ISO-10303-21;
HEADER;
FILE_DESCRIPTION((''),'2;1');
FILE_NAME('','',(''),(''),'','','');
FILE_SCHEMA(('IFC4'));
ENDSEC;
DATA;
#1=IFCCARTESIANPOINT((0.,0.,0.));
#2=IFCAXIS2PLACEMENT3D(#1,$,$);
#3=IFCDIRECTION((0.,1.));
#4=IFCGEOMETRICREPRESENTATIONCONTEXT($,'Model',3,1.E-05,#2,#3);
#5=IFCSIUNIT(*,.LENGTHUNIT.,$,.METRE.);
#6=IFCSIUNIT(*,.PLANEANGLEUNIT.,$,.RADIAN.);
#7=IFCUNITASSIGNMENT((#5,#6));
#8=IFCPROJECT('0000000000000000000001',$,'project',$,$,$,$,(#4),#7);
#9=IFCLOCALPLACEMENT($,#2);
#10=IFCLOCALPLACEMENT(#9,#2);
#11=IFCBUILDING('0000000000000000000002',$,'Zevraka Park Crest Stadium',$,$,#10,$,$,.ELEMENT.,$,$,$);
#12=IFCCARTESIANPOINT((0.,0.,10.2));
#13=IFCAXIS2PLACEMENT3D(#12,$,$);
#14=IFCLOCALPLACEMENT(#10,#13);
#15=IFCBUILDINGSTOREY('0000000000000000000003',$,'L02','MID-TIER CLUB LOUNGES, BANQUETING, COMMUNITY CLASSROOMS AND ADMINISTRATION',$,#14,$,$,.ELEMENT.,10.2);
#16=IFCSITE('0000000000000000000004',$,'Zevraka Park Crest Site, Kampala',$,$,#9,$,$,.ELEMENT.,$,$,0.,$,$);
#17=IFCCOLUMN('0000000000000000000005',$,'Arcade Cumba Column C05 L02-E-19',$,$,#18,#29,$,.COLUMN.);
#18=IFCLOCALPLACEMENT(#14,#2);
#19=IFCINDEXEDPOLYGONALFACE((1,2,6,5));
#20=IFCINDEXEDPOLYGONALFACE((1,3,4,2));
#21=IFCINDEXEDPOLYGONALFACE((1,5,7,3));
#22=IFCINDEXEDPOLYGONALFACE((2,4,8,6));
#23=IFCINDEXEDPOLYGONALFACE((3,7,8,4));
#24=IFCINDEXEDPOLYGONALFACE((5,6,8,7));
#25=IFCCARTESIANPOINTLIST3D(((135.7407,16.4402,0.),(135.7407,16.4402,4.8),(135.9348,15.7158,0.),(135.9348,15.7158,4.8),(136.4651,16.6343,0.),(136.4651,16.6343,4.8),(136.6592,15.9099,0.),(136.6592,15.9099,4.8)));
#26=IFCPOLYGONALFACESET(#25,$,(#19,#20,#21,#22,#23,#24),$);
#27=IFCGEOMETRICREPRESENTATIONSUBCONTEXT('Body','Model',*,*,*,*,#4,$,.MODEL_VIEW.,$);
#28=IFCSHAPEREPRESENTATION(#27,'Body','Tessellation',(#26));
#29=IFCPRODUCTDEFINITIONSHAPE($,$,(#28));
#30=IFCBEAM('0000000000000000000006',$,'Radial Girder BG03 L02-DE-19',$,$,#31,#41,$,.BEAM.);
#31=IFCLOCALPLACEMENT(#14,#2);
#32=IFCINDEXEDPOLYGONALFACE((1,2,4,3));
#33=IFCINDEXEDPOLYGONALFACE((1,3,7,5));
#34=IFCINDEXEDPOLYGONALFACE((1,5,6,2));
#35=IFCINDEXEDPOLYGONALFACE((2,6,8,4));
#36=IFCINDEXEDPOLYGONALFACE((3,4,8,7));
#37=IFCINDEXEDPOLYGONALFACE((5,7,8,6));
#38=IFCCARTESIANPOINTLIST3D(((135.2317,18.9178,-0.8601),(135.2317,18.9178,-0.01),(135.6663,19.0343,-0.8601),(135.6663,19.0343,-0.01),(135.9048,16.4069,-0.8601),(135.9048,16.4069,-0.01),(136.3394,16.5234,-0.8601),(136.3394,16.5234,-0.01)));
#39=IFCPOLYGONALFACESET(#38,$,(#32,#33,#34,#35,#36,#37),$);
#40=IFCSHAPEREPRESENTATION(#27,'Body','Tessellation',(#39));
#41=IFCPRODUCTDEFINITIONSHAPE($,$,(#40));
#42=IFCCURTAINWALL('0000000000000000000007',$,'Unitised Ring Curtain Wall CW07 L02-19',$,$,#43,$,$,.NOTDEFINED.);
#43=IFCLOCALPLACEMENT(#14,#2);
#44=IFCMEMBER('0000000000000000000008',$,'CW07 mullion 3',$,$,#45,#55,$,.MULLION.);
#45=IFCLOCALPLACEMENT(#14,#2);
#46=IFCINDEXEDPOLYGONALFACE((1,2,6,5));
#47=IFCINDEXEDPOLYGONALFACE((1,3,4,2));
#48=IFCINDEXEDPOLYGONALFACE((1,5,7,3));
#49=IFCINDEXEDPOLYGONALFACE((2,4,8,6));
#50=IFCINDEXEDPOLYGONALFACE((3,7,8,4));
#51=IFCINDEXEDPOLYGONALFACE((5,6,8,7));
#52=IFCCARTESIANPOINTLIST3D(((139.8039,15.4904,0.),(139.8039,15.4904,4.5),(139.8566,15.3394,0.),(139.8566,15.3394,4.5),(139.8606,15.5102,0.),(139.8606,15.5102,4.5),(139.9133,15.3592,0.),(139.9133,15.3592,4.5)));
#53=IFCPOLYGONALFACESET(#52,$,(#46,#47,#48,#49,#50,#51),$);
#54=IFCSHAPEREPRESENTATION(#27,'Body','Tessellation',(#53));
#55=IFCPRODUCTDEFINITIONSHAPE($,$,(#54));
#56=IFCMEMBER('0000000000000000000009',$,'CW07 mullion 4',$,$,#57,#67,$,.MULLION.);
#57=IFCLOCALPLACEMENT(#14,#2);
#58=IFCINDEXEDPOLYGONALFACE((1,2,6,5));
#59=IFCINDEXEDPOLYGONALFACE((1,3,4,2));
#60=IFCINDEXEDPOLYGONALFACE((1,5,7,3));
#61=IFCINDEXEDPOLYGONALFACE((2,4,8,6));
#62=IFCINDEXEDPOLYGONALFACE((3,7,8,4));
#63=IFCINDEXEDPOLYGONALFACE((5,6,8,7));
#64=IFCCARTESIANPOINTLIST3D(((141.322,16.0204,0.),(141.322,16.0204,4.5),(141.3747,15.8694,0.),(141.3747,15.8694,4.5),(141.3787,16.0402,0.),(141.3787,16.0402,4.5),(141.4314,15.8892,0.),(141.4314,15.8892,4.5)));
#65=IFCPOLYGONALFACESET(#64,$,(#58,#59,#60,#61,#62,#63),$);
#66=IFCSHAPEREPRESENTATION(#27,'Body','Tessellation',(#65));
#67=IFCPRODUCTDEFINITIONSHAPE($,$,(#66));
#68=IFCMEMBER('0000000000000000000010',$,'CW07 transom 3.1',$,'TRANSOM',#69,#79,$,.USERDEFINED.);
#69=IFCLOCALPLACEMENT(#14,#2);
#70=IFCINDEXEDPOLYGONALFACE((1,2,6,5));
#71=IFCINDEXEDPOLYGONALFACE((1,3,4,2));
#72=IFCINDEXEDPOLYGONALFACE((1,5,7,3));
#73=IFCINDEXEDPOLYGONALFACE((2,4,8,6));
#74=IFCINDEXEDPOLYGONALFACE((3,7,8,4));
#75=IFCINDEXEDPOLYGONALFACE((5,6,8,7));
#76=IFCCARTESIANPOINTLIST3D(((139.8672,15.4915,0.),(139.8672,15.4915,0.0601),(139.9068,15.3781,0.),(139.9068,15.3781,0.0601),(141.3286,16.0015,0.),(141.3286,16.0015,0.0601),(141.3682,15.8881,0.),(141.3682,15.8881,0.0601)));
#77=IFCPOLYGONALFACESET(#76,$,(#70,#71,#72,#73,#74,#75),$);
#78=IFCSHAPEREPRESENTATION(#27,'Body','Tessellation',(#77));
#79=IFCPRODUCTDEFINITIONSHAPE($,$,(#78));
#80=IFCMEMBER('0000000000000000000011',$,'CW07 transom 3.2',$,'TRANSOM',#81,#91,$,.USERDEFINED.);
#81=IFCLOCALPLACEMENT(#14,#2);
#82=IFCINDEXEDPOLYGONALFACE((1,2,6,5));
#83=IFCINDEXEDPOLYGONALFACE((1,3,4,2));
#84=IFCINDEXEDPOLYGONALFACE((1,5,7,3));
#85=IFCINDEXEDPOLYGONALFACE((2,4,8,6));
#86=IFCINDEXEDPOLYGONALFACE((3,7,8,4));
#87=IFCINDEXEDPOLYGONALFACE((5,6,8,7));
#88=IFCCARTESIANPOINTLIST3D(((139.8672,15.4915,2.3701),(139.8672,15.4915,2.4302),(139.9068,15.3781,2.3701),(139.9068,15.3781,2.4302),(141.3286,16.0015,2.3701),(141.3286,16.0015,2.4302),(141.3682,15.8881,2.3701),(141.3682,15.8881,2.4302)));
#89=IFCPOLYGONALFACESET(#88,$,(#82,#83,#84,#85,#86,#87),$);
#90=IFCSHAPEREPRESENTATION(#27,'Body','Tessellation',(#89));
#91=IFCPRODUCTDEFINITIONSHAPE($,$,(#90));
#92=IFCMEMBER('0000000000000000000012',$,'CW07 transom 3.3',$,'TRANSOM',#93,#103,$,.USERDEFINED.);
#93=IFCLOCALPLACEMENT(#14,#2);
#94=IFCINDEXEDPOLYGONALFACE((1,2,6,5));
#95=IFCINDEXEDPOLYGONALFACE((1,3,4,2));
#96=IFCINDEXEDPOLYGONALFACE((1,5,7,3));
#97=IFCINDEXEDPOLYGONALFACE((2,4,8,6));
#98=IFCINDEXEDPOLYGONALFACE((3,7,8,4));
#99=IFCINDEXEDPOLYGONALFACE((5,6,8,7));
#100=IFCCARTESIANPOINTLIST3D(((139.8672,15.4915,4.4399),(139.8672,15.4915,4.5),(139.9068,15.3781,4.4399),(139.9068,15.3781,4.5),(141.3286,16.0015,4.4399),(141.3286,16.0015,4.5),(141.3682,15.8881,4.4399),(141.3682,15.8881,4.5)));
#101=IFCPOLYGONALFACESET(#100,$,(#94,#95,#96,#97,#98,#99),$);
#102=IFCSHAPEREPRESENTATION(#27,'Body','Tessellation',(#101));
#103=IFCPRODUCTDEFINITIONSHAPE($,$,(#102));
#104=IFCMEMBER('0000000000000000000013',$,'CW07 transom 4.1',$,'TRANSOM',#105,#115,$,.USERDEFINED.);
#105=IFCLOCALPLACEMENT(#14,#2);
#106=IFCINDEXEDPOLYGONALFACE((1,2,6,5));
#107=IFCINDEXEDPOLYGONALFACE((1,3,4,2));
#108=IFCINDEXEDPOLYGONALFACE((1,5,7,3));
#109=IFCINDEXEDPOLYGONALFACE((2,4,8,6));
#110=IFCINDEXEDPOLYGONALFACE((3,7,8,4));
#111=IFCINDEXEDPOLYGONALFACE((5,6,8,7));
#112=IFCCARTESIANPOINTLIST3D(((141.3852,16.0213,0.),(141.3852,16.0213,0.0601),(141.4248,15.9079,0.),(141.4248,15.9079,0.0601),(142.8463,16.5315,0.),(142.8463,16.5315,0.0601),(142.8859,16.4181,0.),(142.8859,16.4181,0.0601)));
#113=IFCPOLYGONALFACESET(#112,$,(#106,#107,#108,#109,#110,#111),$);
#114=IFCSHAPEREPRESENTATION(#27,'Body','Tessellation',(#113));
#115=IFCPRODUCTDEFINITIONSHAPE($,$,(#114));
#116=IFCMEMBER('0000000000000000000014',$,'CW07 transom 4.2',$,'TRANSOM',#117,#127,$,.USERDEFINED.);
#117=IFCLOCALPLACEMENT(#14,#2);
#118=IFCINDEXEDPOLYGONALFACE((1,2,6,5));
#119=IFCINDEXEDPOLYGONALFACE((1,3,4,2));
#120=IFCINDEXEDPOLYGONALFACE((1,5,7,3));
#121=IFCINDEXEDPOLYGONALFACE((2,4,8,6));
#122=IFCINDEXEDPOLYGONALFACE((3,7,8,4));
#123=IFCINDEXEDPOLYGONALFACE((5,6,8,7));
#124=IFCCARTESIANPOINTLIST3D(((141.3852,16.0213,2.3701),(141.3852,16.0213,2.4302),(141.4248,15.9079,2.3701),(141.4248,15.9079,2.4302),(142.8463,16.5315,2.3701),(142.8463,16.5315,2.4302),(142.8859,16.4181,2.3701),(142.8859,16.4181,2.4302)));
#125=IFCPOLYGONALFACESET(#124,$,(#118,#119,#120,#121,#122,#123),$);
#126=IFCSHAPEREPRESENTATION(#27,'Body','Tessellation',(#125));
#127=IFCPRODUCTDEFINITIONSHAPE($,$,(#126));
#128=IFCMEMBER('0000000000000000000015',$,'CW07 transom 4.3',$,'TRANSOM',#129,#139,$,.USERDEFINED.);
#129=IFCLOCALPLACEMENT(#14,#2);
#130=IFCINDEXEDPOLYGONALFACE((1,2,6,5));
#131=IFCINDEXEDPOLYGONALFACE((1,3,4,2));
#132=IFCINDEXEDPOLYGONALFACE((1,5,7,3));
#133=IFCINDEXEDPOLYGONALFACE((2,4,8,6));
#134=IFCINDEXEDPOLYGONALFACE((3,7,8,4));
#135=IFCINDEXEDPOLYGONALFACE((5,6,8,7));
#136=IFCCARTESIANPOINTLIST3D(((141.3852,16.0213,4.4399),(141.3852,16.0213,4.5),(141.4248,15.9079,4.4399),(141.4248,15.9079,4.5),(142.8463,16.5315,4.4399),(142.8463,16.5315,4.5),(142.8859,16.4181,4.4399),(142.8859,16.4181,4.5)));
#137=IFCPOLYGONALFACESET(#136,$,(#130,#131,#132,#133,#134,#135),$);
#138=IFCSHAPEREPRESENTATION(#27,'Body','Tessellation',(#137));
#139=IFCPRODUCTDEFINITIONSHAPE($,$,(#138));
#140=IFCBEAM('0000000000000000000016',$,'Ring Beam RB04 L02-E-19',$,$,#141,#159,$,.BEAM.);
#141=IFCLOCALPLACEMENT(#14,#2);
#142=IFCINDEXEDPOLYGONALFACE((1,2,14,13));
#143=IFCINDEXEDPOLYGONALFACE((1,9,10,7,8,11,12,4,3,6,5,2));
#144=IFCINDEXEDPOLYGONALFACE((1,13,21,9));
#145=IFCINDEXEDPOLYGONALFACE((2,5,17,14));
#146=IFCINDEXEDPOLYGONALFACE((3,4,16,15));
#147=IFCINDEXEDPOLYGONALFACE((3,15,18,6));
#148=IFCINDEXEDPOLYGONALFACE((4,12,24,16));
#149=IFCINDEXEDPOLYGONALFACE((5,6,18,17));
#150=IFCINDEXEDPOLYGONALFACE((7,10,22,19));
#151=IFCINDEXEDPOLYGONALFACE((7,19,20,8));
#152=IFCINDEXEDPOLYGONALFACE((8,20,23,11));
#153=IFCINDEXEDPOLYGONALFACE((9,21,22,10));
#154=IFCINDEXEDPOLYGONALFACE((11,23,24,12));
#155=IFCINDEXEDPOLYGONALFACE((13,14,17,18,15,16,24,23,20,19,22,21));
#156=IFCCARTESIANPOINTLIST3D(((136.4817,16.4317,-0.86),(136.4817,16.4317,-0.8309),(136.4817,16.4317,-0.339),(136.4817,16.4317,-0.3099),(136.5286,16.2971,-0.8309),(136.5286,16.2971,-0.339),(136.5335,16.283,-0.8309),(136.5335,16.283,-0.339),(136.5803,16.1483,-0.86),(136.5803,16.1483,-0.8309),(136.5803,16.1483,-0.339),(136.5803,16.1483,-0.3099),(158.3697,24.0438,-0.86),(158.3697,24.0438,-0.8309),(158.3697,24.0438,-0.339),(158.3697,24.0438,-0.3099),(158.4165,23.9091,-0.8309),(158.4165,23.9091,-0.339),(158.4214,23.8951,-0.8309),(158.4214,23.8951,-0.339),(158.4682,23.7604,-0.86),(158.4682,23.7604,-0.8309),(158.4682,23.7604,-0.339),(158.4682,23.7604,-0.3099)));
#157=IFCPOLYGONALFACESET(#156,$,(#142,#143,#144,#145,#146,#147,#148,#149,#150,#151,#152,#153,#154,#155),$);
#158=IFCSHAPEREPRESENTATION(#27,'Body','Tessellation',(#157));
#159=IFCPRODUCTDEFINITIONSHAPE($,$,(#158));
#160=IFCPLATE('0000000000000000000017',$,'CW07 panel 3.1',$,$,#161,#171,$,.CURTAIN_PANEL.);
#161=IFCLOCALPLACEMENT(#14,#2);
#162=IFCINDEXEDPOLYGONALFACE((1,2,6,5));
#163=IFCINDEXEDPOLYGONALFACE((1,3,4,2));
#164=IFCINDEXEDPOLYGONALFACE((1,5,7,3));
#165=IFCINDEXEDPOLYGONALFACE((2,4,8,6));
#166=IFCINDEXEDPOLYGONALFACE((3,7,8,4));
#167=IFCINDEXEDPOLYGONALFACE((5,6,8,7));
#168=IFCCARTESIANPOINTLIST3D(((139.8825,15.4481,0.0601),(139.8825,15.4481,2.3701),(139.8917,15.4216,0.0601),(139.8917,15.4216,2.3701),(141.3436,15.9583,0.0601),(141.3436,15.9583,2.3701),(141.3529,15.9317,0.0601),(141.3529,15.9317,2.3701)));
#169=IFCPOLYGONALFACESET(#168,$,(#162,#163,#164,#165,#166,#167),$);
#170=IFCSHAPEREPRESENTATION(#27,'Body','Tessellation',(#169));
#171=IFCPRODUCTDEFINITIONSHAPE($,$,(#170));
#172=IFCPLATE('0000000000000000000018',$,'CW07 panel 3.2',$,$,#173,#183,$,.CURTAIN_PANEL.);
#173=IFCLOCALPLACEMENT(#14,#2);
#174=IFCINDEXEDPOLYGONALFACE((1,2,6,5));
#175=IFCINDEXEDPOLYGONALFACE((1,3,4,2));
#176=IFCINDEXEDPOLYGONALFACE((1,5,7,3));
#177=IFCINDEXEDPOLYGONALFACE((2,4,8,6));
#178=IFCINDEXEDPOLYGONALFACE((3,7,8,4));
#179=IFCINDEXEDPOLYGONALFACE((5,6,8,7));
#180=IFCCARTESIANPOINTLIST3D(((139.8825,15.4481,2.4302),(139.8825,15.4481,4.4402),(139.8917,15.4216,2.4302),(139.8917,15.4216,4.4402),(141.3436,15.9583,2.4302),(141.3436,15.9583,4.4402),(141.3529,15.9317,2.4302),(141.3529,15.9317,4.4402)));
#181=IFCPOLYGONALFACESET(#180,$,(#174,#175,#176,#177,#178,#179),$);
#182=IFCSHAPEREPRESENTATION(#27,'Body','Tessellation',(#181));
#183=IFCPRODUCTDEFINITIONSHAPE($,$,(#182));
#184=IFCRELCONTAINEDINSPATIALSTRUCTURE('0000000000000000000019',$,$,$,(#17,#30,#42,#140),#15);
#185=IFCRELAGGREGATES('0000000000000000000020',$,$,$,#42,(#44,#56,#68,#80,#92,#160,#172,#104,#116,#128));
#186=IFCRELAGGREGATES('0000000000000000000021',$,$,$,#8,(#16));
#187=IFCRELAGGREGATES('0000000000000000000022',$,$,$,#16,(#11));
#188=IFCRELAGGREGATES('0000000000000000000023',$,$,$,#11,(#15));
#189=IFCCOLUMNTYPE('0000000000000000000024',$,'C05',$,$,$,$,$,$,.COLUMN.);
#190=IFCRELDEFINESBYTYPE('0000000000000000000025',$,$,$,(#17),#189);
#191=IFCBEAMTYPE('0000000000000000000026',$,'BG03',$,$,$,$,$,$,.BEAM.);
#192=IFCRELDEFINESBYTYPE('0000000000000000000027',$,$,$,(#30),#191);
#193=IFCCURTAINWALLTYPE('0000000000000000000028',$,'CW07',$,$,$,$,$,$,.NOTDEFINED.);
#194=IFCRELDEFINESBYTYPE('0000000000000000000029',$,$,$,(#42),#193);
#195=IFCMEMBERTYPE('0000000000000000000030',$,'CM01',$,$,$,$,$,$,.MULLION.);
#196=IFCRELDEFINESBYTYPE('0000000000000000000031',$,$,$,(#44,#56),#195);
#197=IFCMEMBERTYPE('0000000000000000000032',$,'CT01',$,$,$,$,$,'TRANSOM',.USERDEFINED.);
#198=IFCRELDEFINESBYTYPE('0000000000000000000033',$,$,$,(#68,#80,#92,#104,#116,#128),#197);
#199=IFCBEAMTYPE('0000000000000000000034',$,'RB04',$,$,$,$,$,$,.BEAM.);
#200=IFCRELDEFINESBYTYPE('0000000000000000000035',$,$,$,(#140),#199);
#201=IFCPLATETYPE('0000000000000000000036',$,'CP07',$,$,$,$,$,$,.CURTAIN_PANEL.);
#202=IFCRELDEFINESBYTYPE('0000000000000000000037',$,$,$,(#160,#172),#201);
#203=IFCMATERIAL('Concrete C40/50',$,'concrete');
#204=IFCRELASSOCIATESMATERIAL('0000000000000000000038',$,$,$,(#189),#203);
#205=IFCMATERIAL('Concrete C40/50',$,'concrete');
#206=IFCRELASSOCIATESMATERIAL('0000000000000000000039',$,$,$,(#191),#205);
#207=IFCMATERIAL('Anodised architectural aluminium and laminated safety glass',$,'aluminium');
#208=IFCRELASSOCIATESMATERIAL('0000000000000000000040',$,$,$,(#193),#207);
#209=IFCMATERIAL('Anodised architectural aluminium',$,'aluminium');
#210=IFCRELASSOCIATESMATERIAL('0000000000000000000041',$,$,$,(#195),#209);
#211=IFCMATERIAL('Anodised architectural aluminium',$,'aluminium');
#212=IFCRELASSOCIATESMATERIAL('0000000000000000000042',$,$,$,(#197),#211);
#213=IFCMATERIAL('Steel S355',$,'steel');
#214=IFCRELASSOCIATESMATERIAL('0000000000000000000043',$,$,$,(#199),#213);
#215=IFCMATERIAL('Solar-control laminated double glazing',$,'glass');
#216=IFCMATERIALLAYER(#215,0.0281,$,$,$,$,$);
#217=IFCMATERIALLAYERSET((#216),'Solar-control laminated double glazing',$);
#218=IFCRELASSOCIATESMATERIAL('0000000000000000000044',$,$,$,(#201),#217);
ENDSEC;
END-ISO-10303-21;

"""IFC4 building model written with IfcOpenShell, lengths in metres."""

from ifc_helpers import new_model, si_unit, direction, frame, origin, origin_2d, place, context, subcontext, project, spatial, rectangle, i_section, extrude, material, layer, layer_set, material_profile, profile_set, type_object, element, aggregate, save


model = new_model("IFC4")

# Units and contexts
model_context = context("Model", 3, precision=1e-05, world=origin(), true_north=direction((0.0, 1.0)))
body_context = subcontext(model_context, "Body", "Model", "MODEL_VIEW")
ifc_project = project(units=[si_unit("LENGTHUNIT", "METRE"), si_unit("PLANEANGLEUNIT", "RADIAN")], contexts=[model_context])

# Site, building, storey
site_placement = place(None, origin())
site = spatial("IfcSite", under=ifc_project, at=site_placement, Name="Zevraka Park Crest Site, Kampala", CompositionType="ELEMENT", RefElevation=0.0)
building_placement = place(site_placement, origin())
building = spatial("IfcBuilding", under=site, at=building_placement, Name="Zevraka Park Crest Stadium", CompositionType="ELEMENT")
storey_placement = place(building_placement, frame((0.0, 0.0, 10.2)))
storey = spatial("IfcBuildingStorey", under=building, at=storey_placement, Name="L02", Description="MID-TIER CLUB LOUNGES, BANQUETING, COMMUNITY CLASSROOMS AND ADMINISTRATION", CompositionType="ELEMENT", Elevation=10.2)

# Column
ifc_material_1 = material(Name="Concrete C40/50", Category="concrete")
ifc_material_profile_1 = material_profile(ifc_material_1, rectangle(XDim=0.75, YDim=0.75, at=origin_2d()), Name="RC 750x750")
ifc_profile_set_1 = profile_set([ifc_material_profile_1], Name="Concrete C40/50")
column_type = type_object("IfcColumnType", Name="C05", PredefinedType="COLUMN", material=ifc_profile_set_1)
column_placement = place(storey_placement, frame((136.2, 16.175, 0.0), z_axis=(0.0, 0.0, 1.0), x_axis=(-0.258819, 0.965926, 0.0)))
element("IfcColumn", 1, at=column_placement, inside=storey, type_object=column_type, Name="Arcade Cumba Column C05 L02-E-19", PredefinedType="COLUMN", context=body_context, shape_type="SweptSolid", body=[
    extrude(rectangle(XDim=0.75, YDim=0.75, at=origin_2d()), origin(), (0.0, 0.0, 1.0), 4.8),
])

# Beam
ifc_material_2 = material(Name="Concrete C40/50", Category="concrete")
ifc_material_profile_2 = material_profile(ifc_material_2, rectangle(XDim=0.45, YDim=0.8501, at=origin_2d()), Name="RC 850x450")
ifc_profile_set_2 = profile_set([ifc_material_profile_2], Name="Concrete C40/50")
beam_type_1 = type_object("IfcBeamType", Name="BG03", PredefinedType="BEAM", material=ifc_profile_set_2)
beam_1_placement = place(storey_placement, frame((135.449, 18.9761, -0.4351), z_axis=(0.258919, -0.965899, 0.0), x_axis=(0.965899, 0.258919, 0.0)))
element("IfcBeam", 2, at=beam_1_placement, inside=storey, type_object=beam_type_1, Name="Radial Girder BG03 L02-DE-19", PredefinedType="BEAM", context=body_context, shape_type="SweptSolid", body=[
    extrude(rectangle(XDim=0.45, YDim=0.8501, at=origin_2d()), origin(), (0.0, 0.0, 1.0), 2.5996),
])

# Curtain wall, members
ifc_material_3 = material(Name="Anodised architectural aluminium and laminated safety glass", Category="aluminium")
curtain_wall_type = type_object("IfcCurtainWallType", Name="CW07", PredefinedType="NOTDEFINED", material=ifc_material_3)
curtain_wall_placement = place(storey_placement, origin())
curtain_wall = element("IfcCurtainWall", 3, at=curtain_wall_placement, inside=storey, type_object=curtain_wall_type, Name="Unitised Ring Curtain Wall CW07 L02-19", PredefinedType="NOTDEFINED")
ifc_material_4 = material(Name="Anodised architectural aluminium", Category="aluminium")
ifc_material_profile_3 = material_profile(ifc_material_4, rectangle(XDim=0.1599, YDim=0.0601, at=origin_2d()), Name="ALU MULLION 160x60")
ifc_profile_set_3 = profile_set([ifc_material_profile_3], Name="Anodised architectural aluminium")
member_type_1 = type_object("IfcMemberType", Name="CM01", PredefinedType="MULLION", material=ifc_profile_set_3)
member_1_placement = place(storey_placement, frame((139.8586, 15.4248, 0.0), z_axis=(0.0, 0.0, 1.0), x_axis=(-0.329619, 0.944114, 0.0)))
member_1 = element("IfcMember", 4, at=member_1_placement, type_object=member_type_1, Name="CW07 mullion 3", PredefinedType="MULLION", context=body_context, shape_type="SweptSolid", body=[
    extrude(rectangle(XDim=0.1599, YDim=0.0601, at=origin_2d()), origin(), (0.0, 0.0, 1.0), 4.5),
])
member_2_placement = place(storey_placement, frame((141.3767, 15.9548, 0.0), z_axis=(0.0, 0.0, 1.0), x_axis=(-0.329619, 0.944114, 0.0)))
member_2 = element("IfcMember", 5, at=member_2_placement, type_object=member_type_1, Name="CW07 mullion 4", PredefinedType="MULLION", context=body_context, shape_type="SweptSolid", body=[
    extrude(rectangle(XDim=0.1599, YDim=0.0601, at=origin_2d()), origin(), (0.0, 0.0, 1.0), 4.5),
])
ifc_material_5 = material(Name="Anodised architectural aluminium", Category="aluminium")
ifc_material_profile_4 = material_profile(ifc_material_5, rectangle(XDim=0.1201, YDim=0.0601, at=origin_2d()), Name="ALU TRANSOM 120x60")
ifc_profile_set_4 = profile_set([ifc_material_profile_4], Name="Anodised architectural aluminium")
member_type_2 = type_object("IfcMemberType", Name="CT01", ElementType="TRANSOM", PredefinedType="USERDEFINED", material=ifc_profile_set_4)
member_3_placement = place(storey_placement, frame((139.887, 15.4348, 0.03), z_axis=(0.944158, 0.329493, 0.0), x_axis=(-0.329493, 0.944158, 0.0)))
member_3 = element("IfcMember", 6, at=member_3_placement, type_object=member_type_2, Name="CW07 transom 3.1", ObjectType="TRANSOM", PredefinedType="USERDEFINED", context=body_context, shape_type="SweptSolid", body=[
    extrude(rectangle(XDim=0.1201, YDim=0.0601, at=origin_2d()), origin(), (0.0, 0.0, 1.0), 1.5479),
])
member_4_placement = place(storey_placement, frame((139.887, 15.4348, 2.4001), z_axis=(0.944158, 0.329493, 0.0), x_axis=(-0.329493, 0.944158, 0.0)))
member_4 = element("IfcMember", 7, at=member_4_placement, type_object=member_type_2, Name="CW07 transom 3.2", ObjectType="TRANSOM", PredefinedType="USERDEFINED", context=body_context, shape_type="SweptSolid", body=[
    extrude(rectangle(XDim=0.1201, YDim=0.0601, at=origin_2d()), origin(), (0.0, 0.0, 1.0), 1.5479),
])
member_5_placement = place(storey_placement, frame((139.887, 15.4348, 4.47), z_axis=(0.944158, 0.329493, 0.0), x_axis=(-0.329493, 0.944158, 0.0)))
member_5 = element("IfcMember", 8, at=member_5_placement, type_object=member_type_2, Name="CW07 transom 3.3", ObjectType="TRANSOM", PredefinedType="USERDEFINED", context=body_context, shape_type="SweptSolid", body=[
    extrude(rectangle(XDim=0.1201, YDim=0.0601, at=origin_2d()), origin(), (0.0, 0.0, 1.0), 1.5479),
])
member_6_placement = place(storey_placement, frame((141.405, 15.9646, 0.03), z_axis=(0.944092, 0.329683, 0.0), x_axis=(-0.329683, 0.944092, 0.0)))
member_6 = element("IfcMember", 9, at=member_6_placement, type_object=member_type_2, Name="CW07 transom 4.1", ObjectType="TRANSOM", PredefinedType="USERDEFINED", context=body_context, shape_type="SweptSolid", body=[
    extrude(rectangle(XDim=0.1201, YDim=0.0601, at=origin_2d()), origin(), (0.0, 0.0, 1.0), 1.5476),
])
member_7_placement = place(storey_placement, frame((141.405, 15.9646, 2.4001), z_axis=(0.944092, 0.329683, 0.0), x_axis=(-0.329683, 0.944092, 0.0)))
member_7 = element("IfcMember", 10, at=member_7_placement, type_object=member_type_2, Name="CW07 transom 4.2", ObjectType="TRANSOM", PredefinedType="USERDEFINED", context=body_context, shape_type="SweptSolid", body=[
    extrude(rectangle(XDim=0.1201, YDim=0.0601, at=origin_2d()), origin(), (0.0, 0.0, 1.0), 1.5476),
])
member_8_placement = place(storey_placement, frame((141.405, 15.9646, 4.47), z_axis=(0.944092, 0.329683, 0.0), x_axis=(-0.329683, 0.944092, 0.0)))
member_8 = element("IfcMember", 11, at=member_8_placement, type_object=member_type_2, Name="CW07 transom 4.3", ObjectType="TRANSOM", PredefinedType="USERDEFINED", context=body_context, shape_type="SweptSolid", body=[
    extrude(rectangle(XDim=0.1201, YDim=0.0601, at=origin_2d()), origin(), (0.0, 0.0, 1.0), 1.5476),
])

# Beam
ifc_material_6 = material(Name="Steel S355", Category="steel")
ifc_material_profile_5 = material_profile(ifc_material_6, i_section(OverallWidth=0.3, OverallDepth=0.55, WebThickness=0.0149, FlangeThickness=0.0291, at=origin_2d()), Name="HEB 550")
ifc_profile_set_5 = profile_set([ifc_material_profile_5], Name="Steel S355")
beam_type_2 = type_object("IfcBeamType", Name="RB04", PredefinedType="BEAM", material=ifc_profile_set_5)
beam_2_placement = place(storey_placement, frame((136.531, 16.29, -0.585), z_axis=(0.944512, 0.328477, 0.0), x_axis=(-0.328477, 0.944512, 0.0)))
element("IfcBeam", 12, at=beam_2_placement, inside=storey, type_object=beam_type_2, Name="Ring Beam RB04 L02-E-19", PredefinedType="BEAM", context=body_context, shape_type="SweptSolid", body=[
    extrude(i_section(OverallWidth=0.3, OverallDepth=0.55, WebThickness=0.0149, FlangeThickness=0.0291, at=origin_2d()), origin(), (0.0, 0.0, 1.0), 23.1738),
])

# Plates
ifc_material_7 = material(Name="Solar-control laminated double glazing", Category="glass")
ifc_layer_1 = layer(ifc_material_7, 0.0281)
ifc_layer_set_1 = layer_set([ifc_layer_1], Name="Solar-control laminated double glazing")
plate_type = type_object("IfcPlateType", Name="CP07", PredefinedType="CURTAIN_PANEL", material=ifc_layer_set_1)
plate_1_placement = place(storey_placement, frame((140.6177, 15.6899, 0.0601), z_axis=(0.0, 0.0, 1.0), x_axis=(0.944114, 0.329619, 0.0)))
plate_1 = element("IfcPlate", 13, at=plate_1_placement, type_object=plate_type, Name="CW07 panel 3.1", PredefinedType="CURTAIN_PANEL", context=body_context, shape_type="SweptSolid", body=[
    extrude(rectangle(XDim=1.5476, YDim=0.0281, at=origin_2d()), origin(), (0.0, 0.0, 1.0), 2.3101),
])
plate_2_placement = place(storey_placement, frame((140.6177, 15.6899, 2.4302), z_axis=(0.0, 0.0, 1.0), x_axis=(0.944114, 0.329619, 0.0)))
plate_2 = element("IfcPlate", 14, at=plate_2_placement, type_object=plate_type, Name="CW07 panel 3.2", PredefinedType="CURTAIN_PANEL", context=body_context, shape_type="SweptSolid", body=[
    extrude(rectangle(XDim=1.5476, YDim=0.0281, at=origin_2d()), origin(), (0.0, 0.0, 1.0), 2.01),
])
aggregate(curtain_wall, [member_1, member_2, member_3, member_4, member_5, plate_1, plate_2, member_6, member_7, member_8])

save(model, "model.ifc")
